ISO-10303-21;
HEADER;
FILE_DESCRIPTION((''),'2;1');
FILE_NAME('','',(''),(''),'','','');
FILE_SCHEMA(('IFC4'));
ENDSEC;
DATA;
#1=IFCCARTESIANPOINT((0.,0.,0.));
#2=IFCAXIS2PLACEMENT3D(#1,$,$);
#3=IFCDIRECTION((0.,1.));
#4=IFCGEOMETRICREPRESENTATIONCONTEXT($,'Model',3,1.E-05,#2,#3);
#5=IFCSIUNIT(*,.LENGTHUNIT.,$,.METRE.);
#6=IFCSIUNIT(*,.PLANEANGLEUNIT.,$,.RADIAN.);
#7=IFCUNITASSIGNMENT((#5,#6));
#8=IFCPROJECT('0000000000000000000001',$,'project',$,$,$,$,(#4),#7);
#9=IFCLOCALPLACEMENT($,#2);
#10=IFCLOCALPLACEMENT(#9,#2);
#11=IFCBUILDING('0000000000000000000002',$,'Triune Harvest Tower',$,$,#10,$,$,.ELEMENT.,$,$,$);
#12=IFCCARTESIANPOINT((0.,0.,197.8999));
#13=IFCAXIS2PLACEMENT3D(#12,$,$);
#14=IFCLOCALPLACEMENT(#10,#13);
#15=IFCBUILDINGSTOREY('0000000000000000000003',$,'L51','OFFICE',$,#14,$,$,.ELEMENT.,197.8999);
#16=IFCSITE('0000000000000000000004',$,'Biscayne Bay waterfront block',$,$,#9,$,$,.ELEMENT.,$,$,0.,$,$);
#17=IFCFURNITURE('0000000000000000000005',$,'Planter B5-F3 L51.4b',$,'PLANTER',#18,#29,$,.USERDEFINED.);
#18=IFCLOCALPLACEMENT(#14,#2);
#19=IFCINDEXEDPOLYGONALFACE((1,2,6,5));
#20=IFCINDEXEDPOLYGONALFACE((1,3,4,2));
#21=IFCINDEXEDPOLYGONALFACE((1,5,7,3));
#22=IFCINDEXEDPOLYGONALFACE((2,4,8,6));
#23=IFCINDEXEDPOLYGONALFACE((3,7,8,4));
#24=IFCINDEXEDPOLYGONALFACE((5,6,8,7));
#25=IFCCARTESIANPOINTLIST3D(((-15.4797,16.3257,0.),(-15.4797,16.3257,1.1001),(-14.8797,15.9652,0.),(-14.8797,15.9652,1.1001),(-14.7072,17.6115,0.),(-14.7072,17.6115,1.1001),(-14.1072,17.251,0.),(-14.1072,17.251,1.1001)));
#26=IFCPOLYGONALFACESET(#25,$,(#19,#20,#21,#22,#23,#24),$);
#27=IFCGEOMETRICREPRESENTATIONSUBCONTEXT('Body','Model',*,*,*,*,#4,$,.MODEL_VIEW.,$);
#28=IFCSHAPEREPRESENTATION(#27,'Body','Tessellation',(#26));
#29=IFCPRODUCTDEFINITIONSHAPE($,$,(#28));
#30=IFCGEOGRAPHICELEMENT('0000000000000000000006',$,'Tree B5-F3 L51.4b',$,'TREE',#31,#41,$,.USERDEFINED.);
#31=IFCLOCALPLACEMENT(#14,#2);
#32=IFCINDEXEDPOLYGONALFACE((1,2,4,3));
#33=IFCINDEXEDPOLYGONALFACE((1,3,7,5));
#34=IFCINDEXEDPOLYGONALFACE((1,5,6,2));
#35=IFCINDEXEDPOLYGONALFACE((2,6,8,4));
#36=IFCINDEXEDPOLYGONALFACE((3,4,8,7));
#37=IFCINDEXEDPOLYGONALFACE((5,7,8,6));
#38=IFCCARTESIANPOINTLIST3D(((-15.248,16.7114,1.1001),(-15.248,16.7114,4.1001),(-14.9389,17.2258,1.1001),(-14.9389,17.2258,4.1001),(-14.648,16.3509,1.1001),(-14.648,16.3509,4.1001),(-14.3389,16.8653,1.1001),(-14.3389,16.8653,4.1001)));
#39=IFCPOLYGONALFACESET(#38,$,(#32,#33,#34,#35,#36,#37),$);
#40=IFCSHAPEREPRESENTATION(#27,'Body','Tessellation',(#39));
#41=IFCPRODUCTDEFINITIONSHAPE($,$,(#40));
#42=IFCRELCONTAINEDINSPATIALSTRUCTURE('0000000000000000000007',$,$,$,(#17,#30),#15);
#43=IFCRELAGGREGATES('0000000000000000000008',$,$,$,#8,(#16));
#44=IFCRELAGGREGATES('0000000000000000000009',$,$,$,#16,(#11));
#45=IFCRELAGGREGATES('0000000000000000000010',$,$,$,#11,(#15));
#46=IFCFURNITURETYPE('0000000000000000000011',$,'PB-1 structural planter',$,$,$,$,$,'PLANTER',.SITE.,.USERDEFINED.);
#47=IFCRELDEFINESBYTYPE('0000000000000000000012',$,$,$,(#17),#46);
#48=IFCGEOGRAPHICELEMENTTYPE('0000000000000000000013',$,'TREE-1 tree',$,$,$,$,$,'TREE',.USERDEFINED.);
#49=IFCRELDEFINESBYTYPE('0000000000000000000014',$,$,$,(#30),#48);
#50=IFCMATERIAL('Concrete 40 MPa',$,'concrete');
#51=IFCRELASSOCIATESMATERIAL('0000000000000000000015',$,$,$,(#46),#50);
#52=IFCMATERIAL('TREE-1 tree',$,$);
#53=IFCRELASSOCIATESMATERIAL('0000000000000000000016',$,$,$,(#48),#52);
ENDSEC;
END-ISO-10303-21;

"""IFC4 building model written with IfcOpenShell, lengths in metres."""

from ifc_helpers import new_model, si_unit, direction, frame, origin, origin_2d, place, context, subcontext, project, spatial, rectangle, extrude, source, transform, mapped, material, type_object, element, save


model = new_model("IFC4")

# Units and contexts
model_context = context("Model", 3, precision=1e-05, world=origin(), true_north=direction((0.0, 1.0)))
body_context = subcontext(model_context, "Body", "Model", "MODEL_VIEW")
ifc_project = project(units=[si_unit("LENGTHUNIT", "METRE"), si_unit("PLANEANGLEUNIT", "RADIAN")], contexts=[model_context])

# Site, building, storey
site_placement = place(None, origin())
site = spatial("IfcSite", under=ifc_project, at=site_placement, Name="Biscayne Bay waterfront block", CompositionType="ELEMENT", RefElevation=0.0)
building_placement = place(site_placement, origin())
building = spatial("IfcBuilding", under=site, at=building_placement, Name="Triune Harvest Tower", CompositionType="ELEMENT")
storey_placement = place(building_placement, frame((0.0, 0.0, 197.8999)))
storey = spatial("IfcBuildingStorey", under=building, at=storey_placement, Name="L51", Description="OFFICE", CompositionType="ELEMENT", Elevation=197.8999)

# Furniture
ifc_material_1 = material(Name="Concrete 40 MPa", Category="concrete")
furniture_type = type_object("IfcFurnitureType", Name="PB-1 structural planter", ElementType="PLANTER", AssemblyPlace="SITE", PredefinedType="USERDEFINED", material=ifc_material_1)
shared_shape_1 = source(origin(), body_context, "Body", "SweptSolid", [
    extrude(rectangle(XDim=1.5, YDim=0.7, at=origin_2d()), origin(), (0.0, 0.0, 1.0), 1.1001),
])
furniture_placement = place(storey_placement, frame((-14.7935, 16.7883, 0.0), z_axis=(0.0, 0.0, 1.0), x_axis=(-0.515037, -0.857168, 0.0)))
element("IfcFurniture", 1, at=furniture_placement, inside=storey, type_object=furniture_type, Name="Planter B5-F3 L51.4b", ObjectType="PLANTER", PredefinedType="USERDEFINED", context=body_context, shape_type="MappedRepresentation", body=[
    mapped(shared_shape_1, transform((0.0, 0.0, 0.0), scale=1.0)),
])

# Geographic element
ifc_material_2 = material(Name="TREE-1 tree")
geographic_element_type = type_object("IfcGeographicElementType", Name="TREE-1 tree", ElementType="TREE", PredefinedType="USERDEFINED", material=ifc_material_2)
shared_shape_2 = source(origin(), body_context, "Body", "SweptSolid", [
    extrude(rectangle(XDim=0.6001, YDim=0.7, at=origin_2d()), origin(), (0.0, 0.0, 1.0), 3.0),
])
geographic_element_placement = place(storey_placement, frame((-14.7935, 16.7883, 1.1001), z_axis=(0.0, 0.0, 1.0), x_axis=(-0.515037, -0.857168, 0.0)))
element("IfcGeographicElement", 2, at=geographic_element_placement, inside=storey, type_object=geographic_element_type, Name="Tree B5-F3 L51.4b", ObjectType="TREE", PredefinedType="USERDEFINED", context=body_context, shape_type="MappedRepresentation", body=[
    mapped(shared_shape_2, transform((0.0, 0.0, 0.0), scale=1.0)),
])

save(model, "model.ifc")
